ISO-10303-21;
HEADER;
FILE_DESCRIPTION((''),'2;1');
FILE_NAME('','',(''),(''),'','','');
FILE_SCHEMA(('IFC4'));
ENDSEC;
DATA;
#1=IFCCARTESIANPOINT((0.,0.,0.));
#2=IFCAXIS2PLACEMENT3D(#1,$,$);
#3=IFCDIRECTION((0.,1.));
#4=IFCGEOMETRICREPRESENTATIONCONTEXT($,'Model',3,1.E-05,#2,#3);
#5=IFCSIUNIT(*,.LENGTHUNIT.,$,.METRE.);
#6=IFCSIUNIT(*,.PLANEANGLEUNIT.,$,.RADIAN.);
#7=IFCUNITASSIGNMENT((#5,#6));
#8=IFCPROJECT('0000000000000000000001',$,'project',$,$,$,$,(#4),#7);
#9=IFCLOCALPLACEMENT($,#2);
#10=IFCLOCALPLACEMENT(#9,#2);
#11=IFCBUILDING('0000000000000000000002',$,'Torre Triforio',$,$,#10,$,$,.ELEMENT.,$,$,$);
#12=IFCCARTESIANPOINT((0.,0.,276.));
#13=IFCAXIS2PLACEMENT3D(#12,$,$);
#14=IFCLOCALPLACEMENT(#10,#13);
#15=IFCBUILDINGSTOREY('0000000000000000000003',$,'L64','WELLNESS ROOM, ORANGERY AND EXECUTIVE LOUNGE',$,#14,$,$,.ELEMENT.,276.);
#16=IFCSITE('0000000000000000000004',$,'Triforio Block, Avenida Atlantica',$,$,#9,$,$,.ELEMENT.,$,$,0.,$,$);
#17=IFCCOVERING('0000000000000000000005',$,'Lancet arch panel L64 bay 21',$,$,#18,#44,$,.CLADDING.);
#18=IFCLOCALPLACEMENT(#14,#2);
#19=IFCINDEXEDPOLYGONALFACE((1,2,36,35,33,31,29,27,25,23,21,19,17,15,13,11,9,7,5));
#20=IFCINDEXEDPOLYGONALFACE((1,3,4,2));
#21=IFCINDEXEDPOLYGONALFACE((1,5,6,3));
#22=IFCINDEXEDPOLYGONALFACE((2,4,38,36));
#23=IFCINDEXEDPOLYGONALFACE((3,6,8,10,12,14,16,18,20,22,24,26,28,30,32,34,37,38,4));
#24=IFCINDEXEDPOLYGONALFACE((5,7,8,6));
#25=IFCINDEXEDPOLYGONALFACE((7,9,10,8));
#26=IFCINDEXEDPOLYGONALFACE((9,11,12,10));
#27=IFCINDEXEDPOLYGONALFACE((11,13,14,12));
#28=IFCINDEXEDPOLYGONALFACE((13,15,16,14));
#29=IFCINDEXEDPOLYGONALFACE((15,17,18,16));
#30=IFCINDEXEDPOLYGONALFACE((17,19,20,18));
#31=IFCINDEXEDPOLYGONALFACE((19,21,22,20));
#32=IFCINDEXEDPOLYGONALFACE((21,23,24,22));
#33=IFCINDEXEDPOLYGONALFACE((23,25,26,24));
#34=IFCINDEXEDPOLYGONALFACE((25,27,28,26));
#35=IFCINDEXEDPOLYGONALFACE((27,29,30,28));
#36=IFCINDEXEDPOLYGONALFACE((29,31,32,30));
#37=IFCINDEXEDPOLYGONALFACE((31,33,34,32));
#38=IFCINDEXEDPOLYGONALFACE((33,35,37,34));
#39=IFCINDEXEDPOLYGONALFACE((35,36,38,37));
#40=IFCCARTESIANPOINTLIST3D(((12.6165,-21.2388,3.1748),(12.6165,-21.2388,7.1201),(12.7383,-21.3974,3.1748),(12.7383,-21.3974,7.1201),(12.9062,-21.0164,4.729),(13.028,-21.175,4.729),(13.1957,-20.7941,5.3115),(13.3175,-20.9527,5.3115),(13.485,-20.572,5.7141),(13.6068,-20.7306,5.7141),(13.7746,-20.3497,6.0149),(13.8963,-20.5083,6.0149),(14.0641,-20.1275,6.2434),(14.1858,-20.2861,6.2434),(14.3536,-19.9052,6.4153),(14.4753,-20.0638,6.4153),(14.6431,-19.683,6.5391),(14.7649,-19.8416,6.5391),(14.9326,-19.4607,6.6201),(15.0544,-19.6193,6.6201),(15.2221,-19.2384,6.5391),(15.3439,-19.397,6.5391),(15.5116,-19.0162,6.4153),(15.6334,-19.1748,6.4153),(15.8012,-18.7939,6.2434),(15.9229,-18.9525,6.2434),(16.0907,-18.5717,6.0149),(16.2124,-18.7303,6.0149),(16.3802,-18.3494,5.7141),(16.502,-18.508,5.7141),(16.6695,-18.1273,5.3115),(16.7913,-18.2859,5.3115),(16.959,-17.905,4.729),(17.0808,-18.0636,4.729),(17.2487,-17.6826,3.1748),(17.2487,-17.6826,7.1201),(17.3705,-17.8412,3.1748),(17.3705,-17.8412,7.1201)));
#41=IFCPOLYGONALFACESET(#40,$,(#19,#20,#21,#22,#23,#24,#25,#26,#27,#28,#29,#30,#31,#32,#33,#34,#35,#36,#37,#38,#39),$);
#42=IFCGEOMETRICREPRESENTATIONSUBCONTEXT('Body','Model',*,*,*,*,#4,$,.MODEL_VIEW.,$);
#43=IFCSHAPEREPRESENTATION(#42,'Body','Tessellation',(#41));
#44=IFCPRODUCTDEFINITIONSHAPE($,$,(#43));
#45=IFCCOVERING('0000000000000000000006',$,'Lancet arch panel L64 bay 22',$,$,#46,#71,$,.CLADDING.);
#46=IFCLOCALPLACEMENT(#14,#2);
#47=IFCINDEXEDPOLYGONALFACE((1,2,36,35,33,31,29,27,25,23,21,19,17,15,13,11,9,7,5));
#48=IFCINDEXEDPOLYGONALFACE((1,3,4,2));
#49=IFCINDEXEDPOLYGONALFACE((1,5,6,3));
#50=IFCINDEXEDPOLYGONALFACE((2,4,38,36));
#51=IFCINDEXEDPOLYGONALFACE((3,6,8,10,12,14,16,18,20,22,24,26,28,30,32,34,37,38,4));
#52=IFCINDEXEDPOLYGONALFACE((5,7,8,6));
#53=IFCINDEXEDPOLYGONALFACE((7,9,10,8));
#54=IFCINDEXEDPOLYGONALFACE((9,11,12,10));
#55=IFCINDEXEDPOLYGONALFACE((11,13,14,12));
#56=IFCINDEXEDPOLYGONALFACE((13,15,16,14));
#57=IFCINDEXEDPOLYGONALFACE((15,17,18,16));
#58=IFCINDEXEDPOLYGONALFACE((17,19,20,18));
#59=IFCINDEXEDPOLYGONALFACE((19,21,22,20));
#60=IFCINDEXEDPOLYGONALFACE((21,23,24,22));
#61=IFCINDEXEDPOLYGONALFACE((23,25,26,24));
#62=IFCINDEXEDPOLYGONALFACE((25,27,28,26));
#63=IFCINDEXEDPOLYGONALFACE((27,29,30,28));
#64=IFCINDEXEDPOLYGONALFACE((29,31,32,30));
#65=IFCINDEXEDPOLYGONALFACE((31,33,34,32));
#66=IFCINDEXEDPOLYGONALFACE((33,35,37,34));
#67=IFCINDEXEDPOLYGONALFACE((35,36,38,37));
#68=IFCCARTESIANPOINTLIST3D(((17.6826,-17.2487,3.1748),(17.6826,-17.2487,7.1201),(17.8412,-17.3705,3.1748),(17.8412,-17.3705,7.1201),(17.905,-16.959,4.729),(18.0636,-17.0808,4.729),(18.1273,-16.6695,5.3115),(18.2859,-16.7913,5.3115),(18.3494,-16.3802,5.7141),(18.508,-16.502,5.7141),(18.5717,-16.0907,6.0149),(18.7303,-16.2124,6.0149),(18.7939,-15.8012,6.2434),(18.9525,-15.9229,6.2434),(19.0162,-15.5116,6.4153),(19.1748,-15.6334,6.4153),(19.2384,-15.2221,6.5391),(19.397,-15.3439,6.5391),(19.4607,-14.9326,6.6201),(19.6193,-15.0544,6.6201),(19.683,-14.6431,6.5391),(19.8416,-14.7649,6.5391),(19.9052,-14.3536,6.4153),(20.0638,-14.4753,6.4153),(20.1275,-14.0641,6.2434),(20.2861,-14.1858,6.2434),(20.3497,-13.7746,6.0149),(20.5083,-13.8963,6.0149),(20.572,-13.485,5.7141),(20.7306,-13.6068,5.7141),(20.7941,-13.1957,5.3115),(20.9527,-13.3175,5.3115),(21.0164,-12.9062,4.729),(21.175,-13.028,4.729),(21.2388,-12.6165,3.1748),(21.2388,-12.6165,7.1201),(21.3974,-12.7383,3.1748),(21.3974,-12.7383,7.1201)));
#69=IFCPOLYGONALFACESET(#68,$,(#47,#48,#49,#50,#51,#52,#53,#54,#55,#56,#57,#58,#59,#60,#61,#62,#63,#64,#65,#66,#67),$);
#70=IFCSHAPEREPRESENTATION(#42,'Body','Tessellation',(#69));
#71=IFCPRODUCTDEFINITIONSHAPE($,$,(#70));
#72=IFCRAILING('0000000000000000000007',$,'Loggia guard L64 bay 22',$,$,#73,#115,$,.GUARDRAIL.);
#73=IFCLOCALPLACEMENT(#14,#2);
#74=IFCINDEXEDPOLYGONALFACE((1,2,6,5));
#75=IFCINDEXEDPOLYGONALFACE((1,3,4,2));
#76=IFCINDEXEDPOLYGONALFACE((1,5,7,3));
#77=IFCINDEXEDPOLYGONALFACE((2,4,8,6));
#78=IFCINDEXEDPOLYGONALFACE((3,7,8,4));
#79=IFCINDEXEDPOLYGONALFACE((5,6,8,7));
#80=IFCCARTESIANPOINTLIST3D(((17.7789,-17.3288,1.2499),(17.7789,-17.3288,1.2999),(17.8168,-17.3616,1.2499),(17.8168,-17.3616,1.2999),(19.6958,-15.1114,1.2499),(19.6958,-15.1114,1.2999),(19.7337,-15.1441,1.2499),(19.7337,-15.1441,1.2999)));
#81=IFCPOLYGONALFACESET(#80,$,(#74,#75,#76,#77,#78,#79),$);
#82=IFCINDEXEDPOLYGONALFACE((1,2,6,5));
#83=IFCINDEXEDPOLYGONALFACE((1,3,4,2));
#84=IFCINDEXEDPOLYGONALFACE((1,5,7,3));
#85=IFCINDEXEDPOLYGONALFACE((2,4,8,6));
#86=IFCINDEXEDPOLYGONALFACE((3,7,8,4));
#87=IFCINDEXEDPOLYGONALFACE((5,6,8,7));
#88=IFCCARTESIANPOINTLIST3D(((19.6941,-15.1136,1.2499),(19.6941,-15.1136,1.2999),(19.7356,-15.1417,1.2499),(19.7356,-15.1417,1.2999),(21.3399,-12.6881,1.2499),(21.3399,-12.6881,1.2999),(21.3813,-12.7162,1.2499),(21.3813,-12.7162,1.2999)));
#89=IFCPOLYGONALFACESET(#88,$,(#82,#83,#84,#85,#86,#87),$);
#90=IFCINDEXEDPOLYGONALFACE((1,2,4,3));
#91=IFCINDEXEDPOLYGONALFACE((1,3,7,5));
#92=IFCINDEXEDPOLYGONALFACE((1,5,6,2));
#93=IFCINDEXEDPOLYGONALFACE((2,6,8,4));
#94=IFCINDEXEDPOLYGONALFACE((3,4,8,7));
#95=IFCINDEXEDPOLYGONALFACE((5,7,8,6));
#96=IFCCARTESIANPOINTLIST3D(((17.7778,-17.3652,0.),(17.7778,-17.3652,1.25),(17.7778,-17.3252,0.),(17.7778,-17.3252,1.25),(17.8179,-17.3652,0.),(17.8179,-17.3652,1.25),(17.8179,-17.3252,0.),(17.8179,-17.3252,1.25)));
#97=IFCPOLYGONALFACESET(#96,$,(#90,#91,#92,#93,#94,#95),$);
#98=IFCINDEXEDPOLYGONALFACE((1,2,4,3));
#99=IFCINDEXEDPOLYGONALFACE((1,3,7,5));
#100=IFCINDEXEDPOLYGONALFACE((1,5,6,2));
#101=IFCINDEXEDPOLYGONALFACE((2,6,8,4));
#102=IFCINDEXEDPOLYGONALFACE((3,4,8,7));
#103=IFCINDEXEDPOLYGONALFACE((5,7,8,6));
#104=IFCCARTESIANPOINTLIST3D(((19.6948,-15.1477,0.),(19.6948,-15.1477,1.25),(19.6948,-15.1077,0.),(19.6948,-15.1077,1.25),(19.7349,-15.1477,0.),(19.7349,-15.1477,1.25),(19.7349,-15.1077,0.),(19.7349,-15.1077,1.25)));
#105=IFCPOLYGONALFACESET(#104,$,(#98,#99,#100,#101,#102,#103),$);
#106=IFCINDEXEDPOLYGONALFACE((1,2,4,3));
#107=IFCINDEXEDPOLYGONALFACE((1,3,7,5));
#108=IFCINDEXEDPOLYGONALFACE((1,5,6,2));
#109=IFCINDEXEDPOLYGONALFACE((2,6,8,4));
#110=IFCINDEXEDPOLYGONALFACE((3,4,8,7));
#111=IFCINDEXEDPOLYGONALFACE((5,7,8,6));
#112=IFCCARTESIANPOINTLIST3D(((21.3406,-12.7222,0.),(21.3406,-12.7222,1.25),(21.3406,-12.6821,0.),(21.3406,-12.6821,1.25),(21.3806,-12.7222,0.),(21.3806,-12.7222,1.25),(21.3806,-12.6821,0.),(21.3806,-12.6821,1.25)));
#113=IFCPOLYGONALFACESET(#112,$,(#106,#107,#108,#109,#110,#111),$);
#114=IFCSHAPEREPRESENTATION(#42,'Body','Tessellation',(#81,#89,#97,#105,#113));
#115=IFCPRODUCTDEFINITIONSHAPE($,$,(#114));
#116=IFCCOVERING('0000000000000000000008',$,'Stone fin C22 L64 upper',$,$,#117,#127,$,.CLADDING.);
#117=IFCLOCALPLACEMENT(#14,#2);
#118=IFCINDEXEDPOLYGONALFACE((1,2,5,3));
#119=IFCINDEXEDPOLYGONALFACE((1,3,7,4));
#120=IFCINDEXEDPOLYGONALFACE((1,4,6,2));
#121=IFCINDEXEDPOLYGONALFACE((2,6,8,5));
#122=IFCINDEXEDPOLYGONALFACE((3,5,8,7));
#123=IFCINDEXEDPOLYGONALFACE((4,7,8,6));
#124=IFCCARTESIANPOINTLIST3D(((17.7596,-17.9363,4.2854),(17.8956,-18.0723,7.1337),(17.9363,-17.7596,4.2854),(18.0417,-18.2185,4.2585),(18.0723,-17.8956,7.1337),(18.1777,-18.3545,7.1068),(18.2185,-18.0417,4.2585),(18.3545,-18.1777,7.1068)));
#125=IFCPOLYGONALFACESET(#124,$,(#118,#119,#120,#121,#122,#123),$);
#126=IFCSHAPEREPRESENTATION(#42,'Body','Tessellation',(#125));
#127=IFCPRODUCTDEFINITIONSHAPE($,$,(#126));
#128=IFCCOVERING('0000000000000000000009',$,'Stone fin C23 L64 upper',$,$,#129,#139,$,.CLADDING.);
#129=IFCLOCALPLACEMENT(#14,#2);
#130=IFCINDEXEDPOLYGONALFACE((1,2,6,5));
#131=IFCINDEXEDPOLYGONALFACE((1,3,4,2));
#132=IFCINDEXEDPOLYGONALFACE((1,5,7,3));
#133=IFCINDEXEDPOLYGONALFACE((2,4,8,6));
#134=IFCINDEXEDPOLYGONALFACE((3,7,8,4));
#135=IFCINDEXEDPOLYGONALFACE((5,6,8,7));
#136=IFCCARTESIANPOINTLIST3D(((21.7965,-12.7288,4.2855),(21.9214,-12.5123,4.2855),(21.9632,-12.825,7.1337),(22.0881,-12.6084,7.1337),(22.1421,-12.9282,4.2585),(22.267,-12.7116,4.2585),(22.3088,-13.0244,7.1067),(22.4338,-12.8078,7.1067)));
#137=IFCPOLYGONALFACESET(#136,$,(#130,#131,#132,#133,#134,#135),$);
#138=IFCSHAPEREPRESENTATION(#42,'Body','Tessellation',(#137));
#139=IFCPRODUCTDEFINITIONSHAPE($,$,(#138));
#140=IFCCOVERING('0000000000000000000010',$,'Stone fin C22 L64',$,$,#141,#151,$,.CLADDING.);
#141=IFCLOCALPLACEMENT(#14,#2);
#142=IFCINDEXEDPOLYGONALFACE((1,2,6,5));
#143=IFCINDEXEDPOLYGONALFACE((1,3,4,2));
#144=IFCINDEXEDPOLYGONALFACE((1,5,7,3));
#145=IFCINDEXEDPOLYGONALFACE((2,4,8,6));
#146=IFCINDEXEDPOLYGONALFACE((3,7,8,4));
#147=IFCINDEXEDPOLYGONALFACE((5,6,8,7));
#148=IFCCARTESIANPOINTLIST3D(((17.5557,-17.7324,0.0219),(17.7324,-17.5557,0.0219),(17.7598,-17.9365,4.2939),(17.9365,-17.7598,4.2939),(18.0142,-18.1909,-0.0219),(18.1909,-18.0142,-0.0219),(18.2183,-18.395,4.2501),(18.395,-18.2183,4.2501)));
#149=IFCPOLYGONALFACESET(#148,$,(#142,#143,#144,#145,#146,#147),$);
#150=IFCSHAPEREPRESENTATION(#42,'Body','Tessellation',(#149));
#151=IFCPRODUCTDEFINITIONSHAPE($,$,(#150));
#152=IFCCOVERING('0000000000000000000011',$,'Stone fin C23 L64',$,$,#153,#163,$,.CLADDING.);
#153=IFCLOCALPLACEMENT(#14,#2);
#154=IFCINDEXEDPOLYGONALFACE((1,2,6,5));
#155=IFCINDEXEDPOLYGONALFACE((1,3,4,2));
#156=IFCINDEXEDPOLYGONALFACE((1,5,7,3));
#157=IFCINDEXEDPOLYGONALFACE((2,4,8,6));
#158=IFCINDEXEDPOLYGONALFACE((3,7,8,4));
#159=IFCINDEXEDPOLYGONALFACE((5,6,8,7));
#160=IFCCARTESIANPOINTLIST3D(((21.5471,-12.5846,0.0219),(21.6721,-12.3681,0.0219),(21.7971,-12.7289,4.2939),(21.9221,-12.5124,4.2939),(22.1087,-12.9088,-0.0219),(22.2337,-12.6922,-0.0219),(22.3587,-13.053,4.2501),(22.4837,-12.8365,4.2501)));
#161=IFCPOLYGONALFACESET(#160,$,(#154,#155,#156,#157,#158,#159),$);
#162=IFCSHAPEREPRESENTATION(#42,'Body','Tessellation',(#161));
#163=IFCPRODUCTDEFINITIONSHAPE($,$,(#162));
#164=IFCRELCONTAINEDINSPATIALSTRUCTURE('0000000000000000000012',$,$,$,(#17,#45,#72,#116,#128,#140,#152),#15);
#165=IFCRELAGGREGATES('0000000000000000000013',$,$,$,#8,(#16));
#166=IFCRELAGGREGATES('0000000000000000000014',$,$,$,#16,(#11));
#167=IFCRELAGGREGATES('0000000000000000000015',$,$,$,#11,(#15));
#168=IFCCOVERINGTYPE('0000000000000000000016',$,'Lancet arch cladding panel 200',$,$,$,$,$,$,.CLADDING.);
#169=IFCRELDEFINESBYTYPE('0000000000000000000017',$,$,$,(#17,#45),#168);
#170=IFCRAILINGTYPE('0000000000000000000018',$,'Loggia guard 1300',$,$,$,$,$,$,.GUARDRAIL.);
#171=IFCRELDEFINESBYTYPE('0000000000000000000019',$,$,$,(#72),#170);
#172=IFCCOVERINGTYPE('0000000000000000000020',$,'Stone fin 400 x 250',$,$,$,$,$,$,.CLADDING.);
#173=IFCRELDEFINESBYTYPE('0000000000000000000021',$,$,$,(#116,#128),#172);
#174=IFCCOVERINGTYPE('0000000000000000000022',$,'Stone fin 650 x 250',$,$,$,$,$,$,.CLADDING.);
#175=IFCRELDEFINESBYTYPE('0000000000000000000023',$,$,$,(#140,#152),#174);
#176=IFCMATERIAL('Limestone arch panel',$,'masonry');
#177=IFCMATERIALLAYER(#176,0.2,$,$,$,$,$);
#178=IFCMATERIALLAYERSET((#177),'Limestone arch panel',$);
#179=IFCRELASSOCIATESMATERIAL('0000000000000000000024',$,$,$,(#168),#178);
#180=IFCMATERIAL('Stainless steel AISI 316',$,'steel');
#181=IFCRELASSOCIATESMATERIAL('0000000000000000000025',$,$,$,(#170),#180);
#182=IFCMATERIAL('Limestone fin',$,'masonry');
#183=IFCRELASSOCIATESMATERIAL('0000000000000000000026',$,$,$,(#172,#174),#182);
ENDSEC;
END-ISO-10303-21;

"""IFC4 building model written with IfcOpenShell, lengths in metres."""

from ifc_helpers import new_model, si_unit, direction, frame, origin, origin_2d, place, context, subcontext, project, spatial, polyline, rectangle, outline, extrude, material, layer, layer_set, material_profile, profile_set, type_object, element, save


model = new_model("IFC4")

# Units and contexts
model_context = context("Model", 3, precision=1e-05, world=origin(), true_north=direction((0.0, 1.0)))
body_context = subcontext(model_context, "Body", "Model", "MODEL_VIEW")
ifc_project = project(units=[si_unit("LENGTHUNIT", "METRE"), si_unit("PLANEANGLEUNIT", "RADIAN")], contexts=[model_context])

# Site, building, storey
site_placement = place(None, origin())
site = spatial("IfcSite", under=ifc_project, at=site_placement, Name="Triforio Block, Avenida Atlantica", CompositionType="ELEMENT", RefElevation=0.0)
building_placement = place(site_placement, origin())
building = spatial("IfcBuilding", under=site, at=building_placement, Name="Torre Triforio", CompositionType="ELEMENT")
storey_placement = place(building_placement, frame((0.0, 0.0, 276.0)))
storey = spatial("IfcBuildingStorey", under=building, at=storey_placement, Name="L64", Description="WELLNESS ROOM, ORANGERY AND EXECUTIVE LOUNGE", CompositionType="ELEMENT", Elevation=276.0)

# Coverings
ifc_material_1 = material(Name="Limestone arch panel", Category="masonry")
ifc_layer_1 = layer(ifc_material_1, 0.2)
ifc_layer_set_1 = layer_set([ifc_layer_1], Name="Limestone arch panel")
covering_type_1 = type_object("IfcCoveringType", Name="Lancet arch cladding panel 200", PredefinedType="CLADDING", material=ifc_layer_set_1)
for number, where, z_axis, x_axis, name in (
    (1, (14.9326, -19.4607, 0.0), (0.608944, -0.793213, 0.0), (0.793213, 0.608944, 0.0), "Lancet arch panel L64 bay 21"),
    (2, (19.4607, -14.9326, 0.0), (0.793213, -0.608944, 0.0), (0.608944, 0.793213, 0.0), "Lancet arch panel L64 bay 22"),
):
    element("IfcCovering", number, at=place(storey_placement, frame(where, z_axis=z_axis, x_axis=x_axis)), inside=storey, type_object=covering_type_1, Name=name, PredefinedType="CLADDING", context=body_context, shape_type="SweptSolid", body=[
        extrude(outline(polyline([(-2.9199, 7.1201), (-2.9199, 3.1748), (-2.5547, 4.729), (-2.1897, 5.3115), (-1.825, 5.7141), (-1.46, 6.0149), (-1.095, 6.2434), (-0.73, 6.4153), (-0.365, 6.5391), (0.0, 6.6201), (0.365, 6.5391), (0.73, 6.4153), (1.095, 6.2434), (1.46, 6.0149), (1.825, 5.7141), (2.1897, 5.3115), (2.5547, 4.729), (2.9199, 3.1748), (2.9199, 7.1201), (-2.9199, 7.1201)])), origin(), (0.0, 0.0, 1.0), 0.2),
    ])

# Railing
ifc_material_2 = material(Name="Stainless steel AISI 316", Category="steel")
railing_type = type_object("IfcRailingType", Name="Loggia guard 1300", PredefinedType="GUARDRAIL", material=ifc_material_2)
railing_placement = place(storey_placement, frame((17.7979, -17.3452, 0.0)))
element("IfcRailing", 3, at=railing_placement, inside=storey, type_object=railing_type, Name="Loggia guard L64 bay 22", PredefinedType="GUARDRAIL", context=body_context, shape_type="SweptSolid", body=[
    extrude(rectangle(XDim=0.05, YDim=0.05, at=origin_2d()), frame((0.0, 0.0, 1.2749), z_axis=(0.653982, 0.75651, 0.0), x_axis=(-0.75651, 0.653982, 0.0)), (0.0, 0.0, 1.0), 2.9312),
    extrude(rectangle(XDim=0.05, YDim=0.05, at=origin_2d()), frame((1.917, 2.2175, 1.2749), z_axis=(0.561467, 0.827499, 0.0), x_axis=(-0.827499, 0.561467, 0.0)), (0.0, 0.0, 1.0), 2.9312),
    extrude(rectangle(XDim=0.04, YDim=0.04, at=origin_2d()), origin(), (0.0, 0.0, 1.0), 1.25),
    extrude(rectangle(XDim=0.04, YDim=0.04, at=origin_2d()), frame((1.917, 2.2175, 0.0)), (0.0, 0.0, 1.0), 1.25),
    extrude(rectangle(XDim=0.04, YDim=0.04, at=origin_2d()), frame((3.5627, 4.6431, 0.0)), (0.0, 0.0, 1.0), 1.25),
])

# Coverings
ifc_material_3 = material(Name="Limestone fin", Category="masonry")
ifc_material_profile_1 = material_profile(ifc_material_3, rectangle(XDim=0.3999, YDim=0.25, at=origin_2d()), Name="FIN 400x250")
ifc_profile_set_1 = profile_set([ifc_material_profile_1], Name="Limestone fin")
covering_type_2 = type_object("IfcCoveringType", Name="Stone fin 400 x 250", PredefinedType="CLADDING", material=ifc_profile_set_1)
for number, where, z_axis, x_axis, name in (
    (4, (17.989, -17.989, 4.272), (0.047637, -0.047637, 0.997728), (-0.7055, 0.7055, 0.067369), "Stone fin C22 L64 upper"),
    (5, (22.0317, -12.7202, 4.272), (0.058413, -0.033696, 0.997724), (-0.864235, 0.498548, 0.067435), "Stone fin C23 L64 upper"),
):
    element("IfcCovering", number, at=place(storey_placement, frame(where, z_axis=z_axis, x_axis=x_axis)), inside=storey, type_object=covering_type_2, Name=name, PredefinedType="CLADDING", context=body_context, shape_type="SweptSolid", body=[
        extrude(rectangle(XDim=0.3999, YDim=0.25, at=origin_2d()), origin(), (0.0, 0.0, 1.0), 2.8547),
    ])
ifc_material_profile_2 = material_profile(ifc_material_3, rectangle(XDim=0.6499, YDim=0.25, at=origin_2d()), Name="FIN 650x250")
ifc_profile_set_2 = profile_set([ifc_material_profile_2], Name="Limestone fin")
covering_type_3 = type_object("IfcCoveringType", Name="Stone fin 650 x 250", PredefinedType="CLADDING", material=ifc_profile_set_2)
for number, where, z_axis, x_axis, name in (
    (6, (17.8733, -17.8733, 0.0), (0.047668, -0.047668, 0.997725), (-0.705498, 0.705498, 0.067413), "Stone fin C22 L64"),
    (7, (21.8904, -12.6384, 0.0), (0.058388, -0.033698, 0.997725), (-0.864131, 0.498732, 0.067415), "Stone fin C23 L64"),
):
    element("IfcCovering", number, at=place(storey_placement, frame(where, z_axis=z_axis, x_axis=x_axis)), inside=storey, type_object=covering_type_3, Name=name, PredefinedType="CLADDING", context=body_context, shape_type="SweptSolid", body=[
        extrude(rectangle(XDim=0.6499, YDim=0.25, at=origin_2d()), origin(), (0.0, 0.0, 1.0), 4.2817),
    ])

save(model, "model.ifc")
